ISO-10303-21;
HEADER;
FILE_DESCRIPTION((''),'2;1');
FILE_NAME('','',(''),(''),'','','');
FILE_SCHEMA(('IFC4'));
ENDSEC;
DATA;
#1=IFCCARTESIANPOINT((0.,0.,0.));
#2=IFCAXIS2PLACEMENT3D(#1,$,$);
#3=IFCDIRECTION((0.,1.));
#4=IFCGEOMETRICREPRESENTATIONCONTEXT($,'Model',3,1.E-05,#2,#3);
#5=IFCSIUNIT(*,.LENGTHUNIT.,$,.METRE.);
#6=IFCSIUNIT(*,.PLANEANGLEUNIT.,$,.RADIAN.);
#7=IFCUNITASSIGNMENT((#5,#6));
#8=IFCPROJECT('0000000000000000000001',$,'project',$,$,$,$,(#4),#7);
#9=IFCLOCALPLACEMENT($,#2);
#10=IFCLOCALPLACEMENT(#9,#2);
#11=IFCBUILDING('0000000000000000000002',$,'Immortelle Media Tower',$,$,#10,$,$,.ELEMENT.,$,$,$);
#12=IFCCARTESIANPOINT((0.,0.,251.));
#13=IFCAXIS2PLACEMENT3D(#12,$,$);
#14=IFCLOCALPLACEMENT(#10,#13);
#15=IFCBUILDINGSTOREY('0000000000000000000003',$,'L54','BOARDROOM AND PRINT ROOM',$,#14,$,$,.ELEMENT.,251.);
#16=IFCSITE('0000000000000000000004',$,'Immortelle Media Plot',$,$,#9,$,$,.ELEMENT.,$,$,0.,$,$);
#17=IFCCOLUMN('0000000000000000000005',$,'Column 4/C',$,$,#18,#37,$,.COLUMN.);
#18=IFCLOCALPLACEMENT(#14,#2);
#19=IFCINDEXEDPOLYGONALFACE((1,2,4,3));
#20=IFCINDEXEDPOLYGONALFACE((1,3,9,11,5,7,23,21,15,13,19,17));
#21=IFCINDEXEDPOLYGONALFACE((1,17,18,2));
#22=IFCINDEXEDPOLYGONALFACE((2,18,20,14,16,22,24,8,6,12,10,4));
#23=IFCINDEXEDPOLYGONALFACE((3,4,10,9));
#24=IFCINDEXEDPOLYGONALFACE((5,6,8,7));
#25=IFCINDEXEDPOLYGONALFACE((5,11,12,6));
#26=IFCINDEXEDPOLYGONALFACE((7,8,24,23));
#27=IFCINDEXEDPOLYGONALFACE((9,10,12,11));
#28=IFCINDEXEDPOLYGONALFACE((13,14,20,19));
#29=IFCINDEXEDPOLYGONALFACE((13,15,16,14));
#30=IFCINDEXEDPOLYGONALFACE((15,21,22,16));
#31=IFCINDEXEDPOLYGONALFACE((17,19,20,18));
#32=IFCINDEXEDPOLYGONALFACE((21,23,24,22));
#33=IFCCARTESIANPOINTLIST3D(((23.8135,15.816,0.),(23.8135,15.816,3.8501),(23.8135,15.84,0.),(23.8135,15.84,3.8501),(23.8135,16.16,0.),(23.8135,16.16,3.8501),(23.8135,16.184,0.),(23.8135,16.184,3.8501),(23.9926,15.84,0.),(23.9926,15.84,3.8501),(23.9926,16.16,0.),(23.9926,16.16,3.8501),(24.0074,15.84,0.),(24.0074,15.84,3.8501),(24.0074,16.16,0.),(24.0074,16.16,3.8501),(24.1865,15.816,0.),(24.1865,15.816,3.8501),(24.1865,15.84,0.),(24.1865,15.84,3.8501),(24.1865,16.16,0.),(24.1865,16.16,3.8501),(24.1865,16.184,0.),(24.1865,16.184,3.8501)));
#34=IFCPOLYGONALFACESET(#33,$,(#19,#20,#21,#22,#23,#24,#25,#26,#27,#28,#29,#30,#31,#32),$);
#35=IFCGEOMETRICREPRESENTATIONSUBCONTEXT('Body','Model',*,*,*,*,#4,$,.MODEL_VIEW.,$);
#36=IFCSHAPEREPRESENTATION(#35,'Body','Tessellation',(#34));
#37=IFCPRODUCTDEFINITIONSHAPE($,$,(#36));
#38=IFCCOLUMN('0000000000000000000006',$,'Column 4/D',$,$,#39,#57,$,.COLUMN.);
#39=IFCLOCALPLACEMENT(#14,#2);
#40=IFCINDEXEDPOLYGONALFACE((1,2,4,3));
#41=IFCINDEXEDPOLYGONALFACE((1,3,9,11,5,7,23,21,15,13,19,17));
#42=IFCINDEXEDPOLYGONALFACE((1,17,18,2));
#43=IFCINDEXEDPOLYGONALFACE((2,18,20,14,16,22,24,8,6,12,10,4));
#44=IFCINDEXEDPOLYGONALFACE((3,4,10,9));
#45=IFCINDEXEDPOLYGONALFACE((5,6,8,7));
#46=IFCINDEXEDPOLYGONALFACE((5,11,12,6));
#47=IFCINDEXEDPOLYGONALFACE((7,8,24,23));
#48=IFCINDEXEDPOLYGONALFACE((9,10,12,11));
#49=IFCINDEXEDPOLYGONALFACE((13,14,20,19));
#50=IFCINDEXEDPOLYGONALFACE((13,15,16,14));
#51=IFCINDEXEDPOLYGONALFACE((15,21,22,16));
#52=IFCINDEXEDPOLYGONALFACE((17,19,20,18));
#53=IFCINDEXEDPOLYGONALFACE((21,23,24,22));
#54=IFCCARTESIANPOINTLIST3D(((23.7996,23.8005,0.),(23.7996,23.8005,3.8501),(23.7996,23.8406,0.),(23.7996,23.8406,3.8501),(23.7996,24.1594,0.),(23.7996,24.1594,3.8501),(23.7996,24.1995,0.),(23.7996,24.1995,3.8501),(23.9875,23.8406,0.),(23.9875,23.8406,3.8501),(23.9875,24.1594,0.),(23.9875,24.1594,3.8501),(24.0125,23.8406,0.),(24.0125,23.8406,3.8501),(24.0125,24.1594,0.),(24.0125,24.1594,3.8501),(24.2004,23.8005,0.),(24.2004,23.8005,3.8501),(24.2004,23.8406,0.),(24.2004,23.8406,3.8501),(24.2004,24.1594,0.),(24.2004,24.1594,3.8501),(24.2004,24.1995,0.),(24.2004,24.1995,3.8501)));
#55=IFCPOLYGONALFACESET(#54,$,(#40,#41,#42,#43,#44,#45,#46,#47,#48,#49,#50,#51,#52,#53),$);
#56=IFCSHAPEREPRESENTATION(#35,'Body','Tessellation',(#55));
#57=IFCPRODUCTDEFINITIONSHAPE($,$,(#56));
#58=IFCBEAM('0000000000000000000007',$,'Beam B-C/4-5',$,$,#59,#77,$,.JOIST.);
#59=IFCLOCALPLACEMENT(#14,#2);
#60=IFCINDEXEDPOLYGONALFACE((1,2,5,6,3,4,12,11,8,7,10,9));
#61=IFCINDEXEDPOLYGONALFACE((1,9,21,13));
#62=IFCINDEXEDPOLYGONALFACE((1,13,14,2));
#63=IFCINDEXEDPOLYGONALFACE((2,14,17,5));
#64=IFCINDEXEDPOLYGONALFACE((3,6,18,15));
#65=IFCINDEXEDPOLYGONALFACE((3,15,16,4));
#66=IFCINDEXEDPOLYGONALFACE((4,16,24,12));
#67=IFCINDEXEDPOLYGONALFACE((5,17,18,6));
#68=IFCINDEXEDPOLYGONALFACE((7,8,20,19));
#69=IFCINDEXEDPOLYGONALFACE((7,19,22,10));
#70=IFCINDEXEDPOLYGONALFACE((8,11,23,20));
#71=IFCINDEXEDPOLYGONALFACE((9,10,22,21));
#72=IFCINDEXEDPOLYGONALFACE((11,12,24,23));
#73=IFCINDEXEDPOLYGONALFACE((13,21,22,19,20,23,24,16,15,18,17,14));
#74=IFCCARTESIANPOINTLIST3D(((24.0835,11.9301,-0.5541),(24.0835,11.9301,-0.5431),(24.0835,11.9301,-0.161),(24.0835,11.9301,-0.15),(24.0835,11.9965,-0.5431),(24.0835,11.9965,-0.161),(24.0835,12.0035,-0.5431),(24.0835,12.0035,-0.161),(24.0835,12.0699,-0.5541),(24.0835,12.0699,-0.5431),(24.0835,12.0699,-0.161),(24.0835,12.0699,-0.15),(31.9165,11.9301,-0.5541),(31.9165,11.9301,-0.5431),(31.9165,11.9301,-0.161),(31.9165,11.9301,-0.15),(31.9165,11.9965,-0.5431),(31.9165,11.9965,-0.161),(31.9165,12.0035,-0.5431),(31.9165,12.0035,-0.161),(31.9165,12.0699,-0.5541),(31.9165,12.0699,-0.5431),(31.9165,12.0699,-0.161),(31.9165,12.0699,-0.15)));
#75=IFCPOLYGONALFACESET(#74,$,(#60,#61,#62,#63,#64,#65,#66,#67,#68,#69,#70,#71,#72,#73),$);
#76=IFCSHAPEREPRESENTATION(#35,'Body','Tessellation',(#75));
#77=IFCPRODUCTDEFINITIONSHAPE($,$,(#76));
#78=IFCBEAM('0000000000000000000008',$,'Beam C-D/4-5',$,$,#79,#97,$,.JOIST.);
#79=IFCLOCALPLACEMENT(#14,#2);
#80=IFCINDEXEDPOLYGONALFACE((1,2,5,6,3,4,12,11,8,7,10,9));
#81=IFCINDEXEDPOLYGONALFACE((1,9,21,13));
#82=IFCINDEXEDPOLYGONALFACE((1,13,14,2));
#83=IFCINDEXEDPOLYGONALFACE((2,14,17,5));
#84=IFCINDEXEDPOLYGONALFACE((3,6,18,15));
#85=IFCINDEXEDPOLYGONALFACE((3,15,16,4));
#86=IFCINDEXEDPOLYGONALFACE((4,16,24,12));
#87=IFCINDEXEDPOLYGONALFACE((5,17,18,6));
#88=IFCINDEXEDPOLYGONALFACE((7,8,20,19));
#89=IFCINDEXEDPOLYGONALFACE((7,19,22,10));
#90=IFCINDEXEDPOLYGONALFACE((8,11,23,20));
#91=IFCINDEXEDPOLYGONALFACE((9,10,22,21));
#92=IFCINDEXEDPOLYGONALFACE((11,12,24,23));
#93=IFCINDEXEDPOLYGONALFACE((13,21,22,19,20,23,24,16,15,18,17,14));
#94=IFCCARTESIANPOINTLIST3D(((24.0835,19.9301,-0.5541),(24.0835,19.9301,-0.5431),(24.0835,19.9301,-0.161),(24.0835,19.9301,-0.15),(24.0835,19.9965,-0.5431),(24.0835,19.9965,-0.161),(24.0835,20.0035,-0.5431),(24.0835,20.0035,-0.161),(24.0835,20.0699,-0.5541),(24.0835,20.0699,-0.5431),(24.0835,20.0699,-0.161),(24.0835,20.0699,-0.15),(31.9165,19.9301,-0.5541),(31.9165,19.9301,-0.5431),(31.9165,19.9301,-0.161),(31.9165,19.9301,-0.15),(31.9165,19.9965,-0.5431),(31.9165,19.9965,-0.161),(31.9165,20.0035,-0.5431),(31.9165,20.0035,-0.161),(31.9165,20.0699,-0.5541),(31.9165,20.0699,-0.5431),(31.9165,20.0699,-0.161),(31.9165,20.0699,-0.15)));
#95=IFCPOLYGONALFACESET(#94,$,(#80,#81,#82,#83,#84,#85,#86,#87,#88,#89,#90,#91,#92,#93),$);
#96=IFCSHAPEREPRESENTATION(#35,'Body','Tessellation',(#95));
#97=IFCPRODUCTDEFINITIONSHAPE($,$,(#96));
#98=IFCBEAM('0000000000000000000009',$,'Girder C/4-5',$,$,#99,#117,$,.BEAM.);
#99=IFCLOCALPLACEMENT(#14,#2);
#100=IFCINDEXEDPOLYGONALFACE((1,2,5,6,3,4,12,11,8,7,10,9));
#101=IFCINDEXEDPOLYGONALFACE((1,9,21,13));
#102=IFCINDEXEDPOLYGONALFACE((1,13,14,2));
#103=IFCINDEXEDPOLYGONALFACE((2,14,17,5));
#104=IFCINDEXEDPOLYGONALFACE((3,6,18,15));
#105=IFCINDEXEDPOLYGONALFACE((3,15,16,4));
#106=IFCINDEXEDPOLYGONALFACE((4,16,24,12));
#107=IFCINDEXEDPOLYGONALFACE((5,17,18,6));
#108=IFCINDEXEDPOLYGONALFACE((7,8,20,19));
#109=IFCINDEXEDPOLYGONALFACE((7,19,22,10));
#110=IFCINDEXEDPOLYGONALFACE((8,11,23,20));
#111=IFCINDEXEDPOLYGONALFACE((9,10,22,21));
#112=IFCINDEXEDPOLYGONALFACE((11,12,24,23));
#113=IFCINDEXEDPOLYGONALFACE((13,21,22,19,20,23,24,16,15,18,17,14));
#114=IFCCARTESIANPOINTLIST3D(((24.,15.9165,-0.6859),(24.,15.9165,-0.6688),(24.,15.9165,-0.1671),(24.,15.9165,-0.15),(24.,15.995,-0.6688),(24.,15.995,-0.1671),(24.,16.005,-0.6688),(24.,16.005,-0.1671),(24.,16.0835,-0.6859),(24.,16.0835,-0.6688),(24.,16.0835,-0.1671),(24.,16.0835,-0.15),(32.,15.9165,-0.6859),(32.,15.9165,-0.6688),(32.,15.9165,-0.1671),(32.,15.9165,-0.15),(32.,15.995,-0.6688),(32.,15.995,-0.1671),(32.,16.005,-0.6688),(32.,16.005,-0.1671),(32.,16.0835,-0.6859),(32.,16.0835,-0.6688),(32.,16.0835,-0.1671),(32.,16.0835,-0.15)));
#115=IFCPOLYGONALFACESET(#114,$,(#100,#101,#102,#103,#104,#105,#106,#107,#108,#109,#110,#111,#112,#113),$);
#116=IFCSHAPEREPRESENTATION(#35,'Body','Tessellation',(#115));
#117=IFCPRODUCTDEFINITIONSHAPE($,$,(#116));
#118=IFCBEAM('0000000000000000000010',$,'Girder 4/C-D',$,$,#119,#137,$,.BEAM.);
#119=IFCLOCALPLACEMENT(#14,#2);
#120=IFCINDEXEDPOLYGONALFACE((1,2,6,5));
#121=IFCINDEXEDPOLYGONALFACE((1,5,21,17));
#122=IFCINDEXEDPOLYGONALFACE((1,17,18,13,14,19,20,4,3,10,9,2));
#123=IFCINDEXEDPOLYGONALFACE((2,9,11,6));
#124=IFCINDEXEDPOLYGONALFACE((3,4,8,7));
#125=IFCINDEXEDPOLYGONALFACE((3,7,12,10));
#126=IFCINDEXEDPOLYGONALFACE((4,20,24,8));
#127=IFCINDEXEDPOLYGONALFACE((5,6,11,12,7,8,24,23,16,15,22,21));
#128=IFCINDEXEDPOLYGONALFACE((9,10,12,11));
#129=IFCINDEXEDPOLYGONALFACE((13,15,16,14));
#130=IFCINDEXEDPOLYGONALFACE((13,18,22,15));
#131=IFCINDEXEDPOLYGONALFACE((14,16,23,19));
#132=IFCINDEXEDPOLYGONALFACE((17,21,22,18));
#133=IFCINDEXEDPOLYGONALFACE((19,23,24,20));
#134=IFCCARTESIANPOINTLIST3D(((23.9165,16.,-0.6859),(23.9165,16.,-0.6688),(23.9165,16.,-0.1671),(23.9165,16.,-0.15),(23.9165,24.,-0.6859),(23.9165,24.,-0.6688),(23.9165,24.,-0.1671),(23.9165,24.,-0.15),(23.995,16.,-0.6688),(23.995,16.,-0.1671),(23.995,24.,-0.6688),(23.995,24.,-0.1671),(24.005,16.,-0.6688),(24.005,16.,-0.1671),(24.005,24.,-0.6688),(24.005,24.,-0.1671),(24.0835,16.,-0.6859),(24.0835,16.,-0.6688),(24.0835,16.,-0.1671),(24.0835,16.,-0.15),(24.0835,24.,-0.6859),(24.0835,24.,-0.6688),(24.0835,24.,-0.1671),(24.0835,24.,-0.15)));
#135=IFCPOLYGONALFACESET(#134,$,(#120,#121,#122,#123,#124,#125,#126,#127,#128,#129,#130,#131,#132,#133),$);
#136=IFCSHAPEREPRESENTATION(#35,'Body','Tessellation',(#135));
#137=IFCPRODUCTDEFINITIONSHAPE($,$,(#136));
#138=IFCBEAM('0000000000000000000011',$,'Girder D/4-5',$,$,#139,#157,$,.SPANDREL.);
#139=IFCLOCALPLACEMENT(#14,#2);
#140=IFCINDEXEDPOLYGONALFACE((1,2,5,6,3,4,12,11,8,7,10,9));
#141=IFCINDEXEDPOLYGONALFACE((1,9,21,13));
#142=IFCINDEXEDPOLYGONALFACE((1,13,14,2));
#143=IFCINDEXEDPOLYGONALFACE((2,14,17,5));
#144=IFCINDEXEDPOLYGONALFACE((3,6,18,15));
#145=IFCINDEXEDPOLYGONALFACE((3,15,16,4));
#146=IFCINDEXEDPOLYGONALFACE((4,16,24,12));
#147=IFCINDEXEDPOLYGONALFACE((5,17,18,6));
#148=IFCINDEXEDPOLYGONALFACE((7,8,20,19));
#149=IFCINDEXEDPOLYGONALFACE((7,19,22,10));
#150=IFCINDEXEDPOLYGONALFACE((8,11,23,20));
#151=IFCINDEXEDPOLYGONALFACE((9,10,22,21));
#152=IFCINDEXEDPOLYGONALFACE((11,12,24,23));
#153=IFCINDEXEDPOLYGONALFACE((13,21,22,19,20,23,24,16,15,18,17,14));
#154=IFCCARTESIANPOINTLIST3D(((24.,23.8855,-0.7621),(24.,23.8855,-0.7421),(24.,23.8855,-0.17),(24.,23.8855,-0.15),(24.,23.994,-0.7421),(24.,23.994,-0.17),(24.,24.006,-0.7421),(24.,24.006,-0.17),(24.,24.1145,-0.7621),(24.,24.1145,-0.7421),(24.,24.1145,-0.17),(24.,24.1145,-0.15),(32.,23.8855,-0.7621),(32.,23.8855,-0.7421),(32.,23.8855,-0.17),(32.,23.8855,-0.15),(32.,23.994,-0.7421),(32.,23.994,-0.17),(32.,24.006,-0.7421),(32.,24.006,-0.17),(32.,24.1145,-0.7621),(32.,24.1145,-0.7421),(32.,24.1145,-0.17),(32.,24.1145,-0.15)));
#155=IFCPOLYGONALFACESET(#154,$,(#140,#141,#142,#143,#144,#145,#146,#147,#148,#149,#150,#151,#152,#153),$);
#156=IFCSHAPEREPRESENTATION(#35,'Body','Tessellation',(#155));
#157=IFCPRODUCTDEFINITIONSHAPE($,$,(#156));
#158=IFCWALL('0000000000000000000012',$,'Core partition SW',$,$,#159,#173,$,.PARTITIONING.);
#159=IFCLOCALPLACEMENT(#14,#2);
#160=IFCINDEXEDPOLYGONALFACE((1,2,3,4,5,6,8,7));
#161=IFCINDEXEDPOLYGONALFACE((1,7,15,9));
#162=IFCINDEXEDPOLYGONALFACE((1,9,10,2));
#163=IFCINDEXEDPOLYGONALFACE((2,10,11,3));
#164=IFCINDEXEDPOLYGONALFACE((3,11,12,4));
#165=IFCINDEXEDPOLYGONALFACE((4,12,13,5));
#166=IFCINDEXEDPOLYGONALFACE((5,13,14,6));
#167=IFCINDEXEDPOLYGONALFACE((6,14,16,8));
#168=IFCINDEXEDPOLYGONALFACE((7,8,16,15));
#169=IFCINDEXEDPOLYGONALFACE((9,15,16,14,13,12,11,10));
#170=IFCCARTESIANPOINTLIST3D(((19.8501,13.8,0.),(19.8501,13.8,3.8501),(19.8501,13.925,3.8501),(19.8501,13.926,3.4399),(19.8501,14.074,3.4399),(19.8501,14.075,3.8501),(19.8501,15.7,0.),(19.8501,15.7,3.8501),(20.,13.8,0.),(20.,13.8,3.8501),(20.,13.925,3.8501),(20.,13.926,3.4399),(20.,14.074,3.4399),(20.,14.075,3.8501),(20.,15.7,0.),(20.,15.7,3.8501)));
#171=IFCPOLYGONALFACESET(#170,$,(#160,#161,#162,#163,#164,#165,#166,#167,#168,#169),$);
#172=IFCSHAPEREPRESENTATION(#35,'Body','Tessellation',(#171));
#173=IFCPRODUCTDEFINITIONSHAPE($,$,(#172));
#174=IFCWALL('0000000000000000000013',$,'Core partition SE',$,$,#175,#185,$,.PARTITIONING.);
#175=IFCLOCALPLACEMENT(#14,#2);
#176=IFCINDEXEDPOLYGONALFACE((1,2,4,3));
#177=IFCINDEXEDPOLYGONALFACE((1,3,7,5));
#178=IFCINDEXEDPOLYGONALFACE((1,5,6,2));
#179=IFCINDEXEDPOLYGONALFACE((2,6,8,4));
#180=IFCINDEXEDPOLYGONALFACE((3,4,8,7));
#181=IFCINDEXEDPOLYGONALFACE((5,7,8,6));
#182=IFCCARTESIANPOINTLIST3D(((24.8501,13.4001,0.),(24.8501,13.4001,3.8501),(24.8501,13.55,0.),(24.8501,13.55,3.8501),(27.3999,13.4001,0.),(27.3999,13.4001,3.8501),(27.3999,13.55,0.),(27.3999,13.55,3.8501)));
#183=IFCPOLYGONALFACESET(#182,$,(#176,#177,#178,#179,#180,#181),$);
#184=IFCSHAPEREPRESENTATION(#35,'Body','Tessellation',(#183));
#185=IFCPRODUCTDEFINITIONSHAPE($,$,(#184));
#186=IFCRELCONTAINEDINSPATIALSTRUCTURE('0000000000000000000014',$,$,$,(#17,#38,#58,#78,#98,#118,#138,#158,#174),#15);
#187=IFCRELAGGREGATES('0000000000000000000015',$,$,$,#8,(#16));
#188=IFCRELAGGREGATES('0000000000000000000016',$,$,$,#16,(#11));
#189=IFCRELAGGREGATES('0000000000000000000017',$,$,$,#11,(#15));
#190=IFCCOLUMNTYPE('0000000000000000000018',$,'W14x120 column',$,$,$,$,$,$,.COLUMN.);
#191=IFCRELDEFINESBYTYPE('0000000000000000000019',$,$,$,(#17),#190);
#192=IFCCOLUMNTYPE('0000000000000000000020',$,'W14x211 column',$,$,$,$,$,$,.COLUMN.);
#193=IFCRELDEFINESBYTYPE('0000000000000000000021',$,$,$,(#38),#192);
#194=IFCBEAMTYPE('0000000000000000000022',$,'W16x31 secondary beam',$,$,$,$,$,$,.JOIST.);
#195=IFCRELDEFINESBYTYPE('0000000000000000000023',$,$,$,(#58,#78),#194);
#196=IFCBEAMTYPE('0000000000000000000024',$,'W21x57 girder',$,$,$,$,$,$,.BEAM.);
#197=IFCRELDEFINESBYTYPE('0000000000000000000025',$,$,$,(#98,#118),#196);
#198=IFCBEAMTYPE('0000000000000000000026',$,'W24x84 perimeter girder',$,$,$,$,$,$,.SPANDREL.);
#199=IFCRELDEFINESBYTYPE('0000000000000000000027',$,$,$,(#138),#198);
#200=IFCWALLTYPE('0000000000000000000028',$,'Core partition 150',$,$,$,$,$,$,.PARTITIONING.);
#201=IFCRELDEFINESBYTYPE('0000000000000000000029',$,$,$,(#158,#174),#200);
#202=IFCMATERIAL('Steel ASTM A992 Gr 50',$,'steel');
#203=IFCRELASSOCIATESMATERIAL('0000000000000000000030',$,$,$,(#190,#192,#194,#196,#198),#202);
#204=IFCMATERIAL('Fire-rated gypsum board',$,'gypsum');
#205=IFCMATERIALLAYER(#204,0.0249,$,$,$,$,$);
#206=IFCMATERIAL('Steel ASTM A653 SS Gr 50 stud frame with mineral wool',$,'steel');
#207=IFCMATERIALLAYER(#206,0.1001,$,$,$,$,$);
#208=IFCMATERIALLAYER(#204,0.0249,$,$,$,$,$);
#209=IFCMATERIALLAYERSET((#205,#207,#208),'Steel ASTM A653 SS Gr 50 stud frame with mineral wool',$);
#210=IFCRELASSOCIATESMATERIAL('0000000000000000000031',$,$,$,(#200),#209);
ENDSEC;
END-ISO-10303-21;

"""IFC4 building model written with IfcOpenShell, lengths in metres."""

from ifc_helpers import new_model, si_unit, direction, frame, frame_2d, origin, origin_2d, place, context, subcontext, project, spatial, polyline, rectangle, i_section, outline, extrude, material, layer, layer_set, material_profile, profile_set, type_object, element, save


model = new_model("IFC4")

# Units and contexts
model_context = context("Model", 3, precision=1e-05, world=origin(), true_north=direction((0.0, 1.0)))
body_context = subcontext(model_context, "Body", "Model", "MODEL_VIEW")
ifc_project = project(units=[si_unit("LENGTHUNIT", "METRE"), si_unit("PLANEANGLEUNIT", "RADIAN")], contexts=[model_context])

# Site, building, storey
site_placement = place(None, origin())
site = spatial("IfcSite", under=ifc_project, at=site_placement, Name="Immortelle Media Plot", CompositionType="ELEMENT", RefElevation=0.0)
building_placement = place(site_placement, origin())
building = spatial("IfcBuilding", under=site, at=building_placement, Name="Immortelle Media Tower", CompositionType="ELEMENT")
storey_placement = place(building_placement, frame((0.0, 0.0, 251.0)))
storey = spatial("IfcBuildingStorey", under=building, at=storey_placement, Name="L54", Description="BOARDROOM AND PRINT ROOM", CompositionType="ELEMENT", Elevation=251.0)

# Columns
ifc_material_1 = material(Name="Steel ASTM A992 Gr 50", Category="steel")
ifc_material_profile_1 = material_profile(ifc_material_1, i_section(OverallWidth=0.373, OverallDepth=0.3679, WebThickness=0.0149, FlangeThickness=0.0239, at=origin_2d()), Name="W14x120")
ifc_profile_set_1 = profile_set([ifc_material_profile_1], Name="Steel ASTM A992 Gr 50")
column_type_1 = type_object("IfcColumnType", Name="W14x120 column", PredefinedType="COLUMN", material=ifc_profile_set_1)
column_1_placement = place(storey_placement, frame((24.0, 16.0, 0.0), z_axis=(0.0, 0.0, 1.0), x_axis=(1.0, 0.0, 0.0)))
element("IfcColumn", 1, at=column_1_placement, inside=storey, type_object=column_type_1, Name="Column 4/C", PredefinedType="COLUMN", context=body_context, shape_type="SweptSolid", body=[
    extrude(i_section(OverallWidth=0.373, OverallDepth=0.3679, WebThickness=0.0149, FlangeThickness=0.0239, at=origin_2d()), origin(), (0.0, 0.0, 1.0), 3.8501),
])
ifc_material_profile_2 = material_profile(ifc_material_1, i_section(OverallWidth=0.4009, OverallDepth=0.3989, WebThickness=0.0249, FlangeThickness=0.04, at=origin_2d()), Name="W14x211")
ifc_profile_set_2 = profile_set([ifc_material_profile_2], Name="Steel ASTM A992 Gr 50")
column_type_2 = type_object("IfcColumnType", Name="W14x211 column", PredefinedType="COLUMN", material=ifc_profile_set_2)
column_2_placement = place(storey_placement, frame((24.0, 24.0, 0.0), z_axis=(0.0, 0.0, 1.0), x_axis=(1.0, 0.0, 0.0)))
element("IfcColumn", 2, at=column_2_placement, inside=storey, type_object=column_type_2, Name="Column 4/D", PredefinedType="COLUMN", context=body_context, shape_type="SweptSolid", body=[
    extrude(i_section(OverallWidth=0.4009, OverallDepth=0.3989, WebThickness=0.0249, FlangeThickness=0.04, at=origin_2d()), origin(), (0.0, 0.0, 1.0), 3.8501),
])

# Beams
ifc_material_profile_3 = material_profile(ifc_material_1, i_section(OverallWidth=0.1399, OverallDepth=0.4041, WebThickness=0.0071, FlangeThickness=0.011, at=origin_2d()), Name="W16x31")
ifc_profile_set_3 = profile_set([ifc_material_profile_3], Name="Steel ASTM A992 Gr 50")
beam_type_1 = type_object("IfcBeamType", Name="W16x31 secondary beam", PredefinedType="JOIST", material=ifc_profile_set_3)
for number, where, z_axis, x_axis, name in (
    (3, (24.0835, 12.0, -0.3521), (1.0, 0.0, 0.0), (0.0, 1.0, 0.0), "Beam B-C/4-5"),
    (4, (24.0835, 20.0, -0.3521), (1.0, 0.0, 0.0), (0.0, 1.0, 0.0), "Beam C-D/4-5"),
):
    element("IfcBeam", number, at=place(storey_placement, frame(where, z_axis=z_axis, x_axis=x_axis)), inside=storey, type_object=beam_type_1, Name=name, PredefinedType="JOIST", context=body_context, shape_type="SweptSolid", body=[
        extrude(i_section(OverallWidth=0.1399, OverallDepth=0.4041, WebThickness=0.0071, FlangeThickness=0.011, at=origin_2d()), origin(), (0.0, 0.0, 1.0), 7.833),
    ])
ifc_material_profile_4 = material_profile(ifc_material_1, i_section(OverallWidth=0.167, OverallDepth=0.5359, WebThickness=0.01, FlangeThickness=0.0171, at=origin_2d()), Name="W21x57")
ifc_profile_set_4 = profile_set([ifc_material_profile_4], Name="Steel ASTM A992 Gr 50")
beam_type_2 = type_object("IfcBeamType", Name="W21x57 girder", PredefinedType="BEAM", material=ifc_profile_set_4)
for number, where, z_axis, x_axis, name in (
    (5, (24.0, 16.0, -0.418), (1.0, 0.0, 0.0), (0.0, 1.0, 0.0), "Girder C/4-5"),
    (6, (24.0, 16.0, -0.418), (0.0, 1.0, 0.0), (-1.0, 0.0, 0.0), "Girder 4/C-D"),
):
    element("IfcBeam", number, at=place(storey_placement, frame(where, z_axis=z_axis, x_axis=x_axis)), inside=storey, type_object=beam_type_2, Name=name, PredefinedType="BEAM", context=body_context, shape_type="SweptSolid", body=[
        extrude(i_section(OverallWidth=0.167, OverallDepth=0.5359, WebThickness=0.01, FlangeThickness=0.0171, at=origin_2d()), origin(), (0.0, 0.0, 1.0), 8.0),
    ])
ifc_material_profile_5 = material_profile(ifc_material_1, i_section(OverallWidth=0.229, OverallDepth=0.6121, WebThickness=0.012, FlangeThickness=0.02, at=origin_2d()), Name="W24x84")
ifc_profile_set_5 = profile_set([ifc_material_profile_5], Name="Steel ASTM A992 Gr 50")
beam_type_3 = type_object("IfcBeamType", Name="W24x84 perimeter girder", PredefinedType="SPANDREL", material=ifc_profile_set_5)
beam_placement = place(storey_placement, frame((24.0, 24.0, -0.4561), z_axis=(1.0, 0.0, 0.0), x_axis=(0.0, 1.0, 0.0)))
element("IfcBeam", 7, at=beam_placement, inside=storey, type_object=beam_type_3, Name="Girder D/4-5", PredefinedType="SPANDREL", context=body_context, shape_type="SweptSolid", body=[
    extrude(i_section(OverallWidth=0.229, OverallDepth=0.6121, WebThickness=0.012, FlangeThickness=0.02, at=origin_2d()), origin(), (0.0, 0.0, 1.0), 8.0),
])

# Walls
ifc_material_2 = material(Name="Fire-rated gypsum board", Category="gypsum")
ifc_layer_1 = layer(ifc_material_2, 0.0249)
ifc_material_3 = material(Name="Steel ASTM A653 SS Gr 50 stud frame with mineral wool", Category="steel")
ifc_layer_2 = layer(ifc_material_3, 0.1001)
ifc_layer_3 = layer(ifc_material_2, 0.0249)
ifc_layer_set_1 = layer_set([ifc_layer_1, ifc_layer_2, ifc_layer_3], Name="Steel ASTM A653 SS Gr 50 stud frame with mineral wool")
wall_type_1 = type_object("IfcWallType", Name="Core partition 150", PredefinedType="PARTITIONING", material=ifc_layer_set_1)
wall_1_placement = place(storey_placement, frame((19.925, 13.8, 0.0), z_axis=(0.0, 0.0, 1.0), x_axis=(0.0, 1.0, 0.0)))
element("IfcWall", 8, at=wall_1_placement, inside=storey, type_object=wall_type_1, Name="Core partition SW", PredefinedType="PARTITIONING", context=body_context, shape_type="SweptSolid", body=[
    extrude(outline(polyline([(0.0, 0.0), (1.8999, 0.0), (1.8999, 3.8501), (0.2749, 3.8501), (0.2739, 3.4399), (0.126, 3.4399), (0.125, 3.8501), (0.0, 3.8501), (0.0, 0.0)])), frame((0.0, 0.075, 0.0), z_axis=(0.0, -1.0, 0.0), x_axis=(1.0, 0.0, 0.0)), (0.0, 0.0, 1.0), 0.1499),
])
wall_2_placement = place(storey_placement, frame((24.8501, 13.4751, 0.0), z_axis=(0.0, 0.0, 1.0), x_axis=(1.0, 0.0, 0.0)))
element("IfcWall", 9, at=wall_2_placement, inside=storey, type_object=wall_type_1, Name="Core partition SE", PredefinedType="PARTITIONING", context=body_context, shape_type="SweptSolid", body=[
    extrude(rectangle(XDim=2.5498, YDim=0.1499, at=frame_2d((1.2749, 0.0))), origin(), (0.0, 0.0, 1.0), 3.8501),
])

save(model, "model.ifc")
